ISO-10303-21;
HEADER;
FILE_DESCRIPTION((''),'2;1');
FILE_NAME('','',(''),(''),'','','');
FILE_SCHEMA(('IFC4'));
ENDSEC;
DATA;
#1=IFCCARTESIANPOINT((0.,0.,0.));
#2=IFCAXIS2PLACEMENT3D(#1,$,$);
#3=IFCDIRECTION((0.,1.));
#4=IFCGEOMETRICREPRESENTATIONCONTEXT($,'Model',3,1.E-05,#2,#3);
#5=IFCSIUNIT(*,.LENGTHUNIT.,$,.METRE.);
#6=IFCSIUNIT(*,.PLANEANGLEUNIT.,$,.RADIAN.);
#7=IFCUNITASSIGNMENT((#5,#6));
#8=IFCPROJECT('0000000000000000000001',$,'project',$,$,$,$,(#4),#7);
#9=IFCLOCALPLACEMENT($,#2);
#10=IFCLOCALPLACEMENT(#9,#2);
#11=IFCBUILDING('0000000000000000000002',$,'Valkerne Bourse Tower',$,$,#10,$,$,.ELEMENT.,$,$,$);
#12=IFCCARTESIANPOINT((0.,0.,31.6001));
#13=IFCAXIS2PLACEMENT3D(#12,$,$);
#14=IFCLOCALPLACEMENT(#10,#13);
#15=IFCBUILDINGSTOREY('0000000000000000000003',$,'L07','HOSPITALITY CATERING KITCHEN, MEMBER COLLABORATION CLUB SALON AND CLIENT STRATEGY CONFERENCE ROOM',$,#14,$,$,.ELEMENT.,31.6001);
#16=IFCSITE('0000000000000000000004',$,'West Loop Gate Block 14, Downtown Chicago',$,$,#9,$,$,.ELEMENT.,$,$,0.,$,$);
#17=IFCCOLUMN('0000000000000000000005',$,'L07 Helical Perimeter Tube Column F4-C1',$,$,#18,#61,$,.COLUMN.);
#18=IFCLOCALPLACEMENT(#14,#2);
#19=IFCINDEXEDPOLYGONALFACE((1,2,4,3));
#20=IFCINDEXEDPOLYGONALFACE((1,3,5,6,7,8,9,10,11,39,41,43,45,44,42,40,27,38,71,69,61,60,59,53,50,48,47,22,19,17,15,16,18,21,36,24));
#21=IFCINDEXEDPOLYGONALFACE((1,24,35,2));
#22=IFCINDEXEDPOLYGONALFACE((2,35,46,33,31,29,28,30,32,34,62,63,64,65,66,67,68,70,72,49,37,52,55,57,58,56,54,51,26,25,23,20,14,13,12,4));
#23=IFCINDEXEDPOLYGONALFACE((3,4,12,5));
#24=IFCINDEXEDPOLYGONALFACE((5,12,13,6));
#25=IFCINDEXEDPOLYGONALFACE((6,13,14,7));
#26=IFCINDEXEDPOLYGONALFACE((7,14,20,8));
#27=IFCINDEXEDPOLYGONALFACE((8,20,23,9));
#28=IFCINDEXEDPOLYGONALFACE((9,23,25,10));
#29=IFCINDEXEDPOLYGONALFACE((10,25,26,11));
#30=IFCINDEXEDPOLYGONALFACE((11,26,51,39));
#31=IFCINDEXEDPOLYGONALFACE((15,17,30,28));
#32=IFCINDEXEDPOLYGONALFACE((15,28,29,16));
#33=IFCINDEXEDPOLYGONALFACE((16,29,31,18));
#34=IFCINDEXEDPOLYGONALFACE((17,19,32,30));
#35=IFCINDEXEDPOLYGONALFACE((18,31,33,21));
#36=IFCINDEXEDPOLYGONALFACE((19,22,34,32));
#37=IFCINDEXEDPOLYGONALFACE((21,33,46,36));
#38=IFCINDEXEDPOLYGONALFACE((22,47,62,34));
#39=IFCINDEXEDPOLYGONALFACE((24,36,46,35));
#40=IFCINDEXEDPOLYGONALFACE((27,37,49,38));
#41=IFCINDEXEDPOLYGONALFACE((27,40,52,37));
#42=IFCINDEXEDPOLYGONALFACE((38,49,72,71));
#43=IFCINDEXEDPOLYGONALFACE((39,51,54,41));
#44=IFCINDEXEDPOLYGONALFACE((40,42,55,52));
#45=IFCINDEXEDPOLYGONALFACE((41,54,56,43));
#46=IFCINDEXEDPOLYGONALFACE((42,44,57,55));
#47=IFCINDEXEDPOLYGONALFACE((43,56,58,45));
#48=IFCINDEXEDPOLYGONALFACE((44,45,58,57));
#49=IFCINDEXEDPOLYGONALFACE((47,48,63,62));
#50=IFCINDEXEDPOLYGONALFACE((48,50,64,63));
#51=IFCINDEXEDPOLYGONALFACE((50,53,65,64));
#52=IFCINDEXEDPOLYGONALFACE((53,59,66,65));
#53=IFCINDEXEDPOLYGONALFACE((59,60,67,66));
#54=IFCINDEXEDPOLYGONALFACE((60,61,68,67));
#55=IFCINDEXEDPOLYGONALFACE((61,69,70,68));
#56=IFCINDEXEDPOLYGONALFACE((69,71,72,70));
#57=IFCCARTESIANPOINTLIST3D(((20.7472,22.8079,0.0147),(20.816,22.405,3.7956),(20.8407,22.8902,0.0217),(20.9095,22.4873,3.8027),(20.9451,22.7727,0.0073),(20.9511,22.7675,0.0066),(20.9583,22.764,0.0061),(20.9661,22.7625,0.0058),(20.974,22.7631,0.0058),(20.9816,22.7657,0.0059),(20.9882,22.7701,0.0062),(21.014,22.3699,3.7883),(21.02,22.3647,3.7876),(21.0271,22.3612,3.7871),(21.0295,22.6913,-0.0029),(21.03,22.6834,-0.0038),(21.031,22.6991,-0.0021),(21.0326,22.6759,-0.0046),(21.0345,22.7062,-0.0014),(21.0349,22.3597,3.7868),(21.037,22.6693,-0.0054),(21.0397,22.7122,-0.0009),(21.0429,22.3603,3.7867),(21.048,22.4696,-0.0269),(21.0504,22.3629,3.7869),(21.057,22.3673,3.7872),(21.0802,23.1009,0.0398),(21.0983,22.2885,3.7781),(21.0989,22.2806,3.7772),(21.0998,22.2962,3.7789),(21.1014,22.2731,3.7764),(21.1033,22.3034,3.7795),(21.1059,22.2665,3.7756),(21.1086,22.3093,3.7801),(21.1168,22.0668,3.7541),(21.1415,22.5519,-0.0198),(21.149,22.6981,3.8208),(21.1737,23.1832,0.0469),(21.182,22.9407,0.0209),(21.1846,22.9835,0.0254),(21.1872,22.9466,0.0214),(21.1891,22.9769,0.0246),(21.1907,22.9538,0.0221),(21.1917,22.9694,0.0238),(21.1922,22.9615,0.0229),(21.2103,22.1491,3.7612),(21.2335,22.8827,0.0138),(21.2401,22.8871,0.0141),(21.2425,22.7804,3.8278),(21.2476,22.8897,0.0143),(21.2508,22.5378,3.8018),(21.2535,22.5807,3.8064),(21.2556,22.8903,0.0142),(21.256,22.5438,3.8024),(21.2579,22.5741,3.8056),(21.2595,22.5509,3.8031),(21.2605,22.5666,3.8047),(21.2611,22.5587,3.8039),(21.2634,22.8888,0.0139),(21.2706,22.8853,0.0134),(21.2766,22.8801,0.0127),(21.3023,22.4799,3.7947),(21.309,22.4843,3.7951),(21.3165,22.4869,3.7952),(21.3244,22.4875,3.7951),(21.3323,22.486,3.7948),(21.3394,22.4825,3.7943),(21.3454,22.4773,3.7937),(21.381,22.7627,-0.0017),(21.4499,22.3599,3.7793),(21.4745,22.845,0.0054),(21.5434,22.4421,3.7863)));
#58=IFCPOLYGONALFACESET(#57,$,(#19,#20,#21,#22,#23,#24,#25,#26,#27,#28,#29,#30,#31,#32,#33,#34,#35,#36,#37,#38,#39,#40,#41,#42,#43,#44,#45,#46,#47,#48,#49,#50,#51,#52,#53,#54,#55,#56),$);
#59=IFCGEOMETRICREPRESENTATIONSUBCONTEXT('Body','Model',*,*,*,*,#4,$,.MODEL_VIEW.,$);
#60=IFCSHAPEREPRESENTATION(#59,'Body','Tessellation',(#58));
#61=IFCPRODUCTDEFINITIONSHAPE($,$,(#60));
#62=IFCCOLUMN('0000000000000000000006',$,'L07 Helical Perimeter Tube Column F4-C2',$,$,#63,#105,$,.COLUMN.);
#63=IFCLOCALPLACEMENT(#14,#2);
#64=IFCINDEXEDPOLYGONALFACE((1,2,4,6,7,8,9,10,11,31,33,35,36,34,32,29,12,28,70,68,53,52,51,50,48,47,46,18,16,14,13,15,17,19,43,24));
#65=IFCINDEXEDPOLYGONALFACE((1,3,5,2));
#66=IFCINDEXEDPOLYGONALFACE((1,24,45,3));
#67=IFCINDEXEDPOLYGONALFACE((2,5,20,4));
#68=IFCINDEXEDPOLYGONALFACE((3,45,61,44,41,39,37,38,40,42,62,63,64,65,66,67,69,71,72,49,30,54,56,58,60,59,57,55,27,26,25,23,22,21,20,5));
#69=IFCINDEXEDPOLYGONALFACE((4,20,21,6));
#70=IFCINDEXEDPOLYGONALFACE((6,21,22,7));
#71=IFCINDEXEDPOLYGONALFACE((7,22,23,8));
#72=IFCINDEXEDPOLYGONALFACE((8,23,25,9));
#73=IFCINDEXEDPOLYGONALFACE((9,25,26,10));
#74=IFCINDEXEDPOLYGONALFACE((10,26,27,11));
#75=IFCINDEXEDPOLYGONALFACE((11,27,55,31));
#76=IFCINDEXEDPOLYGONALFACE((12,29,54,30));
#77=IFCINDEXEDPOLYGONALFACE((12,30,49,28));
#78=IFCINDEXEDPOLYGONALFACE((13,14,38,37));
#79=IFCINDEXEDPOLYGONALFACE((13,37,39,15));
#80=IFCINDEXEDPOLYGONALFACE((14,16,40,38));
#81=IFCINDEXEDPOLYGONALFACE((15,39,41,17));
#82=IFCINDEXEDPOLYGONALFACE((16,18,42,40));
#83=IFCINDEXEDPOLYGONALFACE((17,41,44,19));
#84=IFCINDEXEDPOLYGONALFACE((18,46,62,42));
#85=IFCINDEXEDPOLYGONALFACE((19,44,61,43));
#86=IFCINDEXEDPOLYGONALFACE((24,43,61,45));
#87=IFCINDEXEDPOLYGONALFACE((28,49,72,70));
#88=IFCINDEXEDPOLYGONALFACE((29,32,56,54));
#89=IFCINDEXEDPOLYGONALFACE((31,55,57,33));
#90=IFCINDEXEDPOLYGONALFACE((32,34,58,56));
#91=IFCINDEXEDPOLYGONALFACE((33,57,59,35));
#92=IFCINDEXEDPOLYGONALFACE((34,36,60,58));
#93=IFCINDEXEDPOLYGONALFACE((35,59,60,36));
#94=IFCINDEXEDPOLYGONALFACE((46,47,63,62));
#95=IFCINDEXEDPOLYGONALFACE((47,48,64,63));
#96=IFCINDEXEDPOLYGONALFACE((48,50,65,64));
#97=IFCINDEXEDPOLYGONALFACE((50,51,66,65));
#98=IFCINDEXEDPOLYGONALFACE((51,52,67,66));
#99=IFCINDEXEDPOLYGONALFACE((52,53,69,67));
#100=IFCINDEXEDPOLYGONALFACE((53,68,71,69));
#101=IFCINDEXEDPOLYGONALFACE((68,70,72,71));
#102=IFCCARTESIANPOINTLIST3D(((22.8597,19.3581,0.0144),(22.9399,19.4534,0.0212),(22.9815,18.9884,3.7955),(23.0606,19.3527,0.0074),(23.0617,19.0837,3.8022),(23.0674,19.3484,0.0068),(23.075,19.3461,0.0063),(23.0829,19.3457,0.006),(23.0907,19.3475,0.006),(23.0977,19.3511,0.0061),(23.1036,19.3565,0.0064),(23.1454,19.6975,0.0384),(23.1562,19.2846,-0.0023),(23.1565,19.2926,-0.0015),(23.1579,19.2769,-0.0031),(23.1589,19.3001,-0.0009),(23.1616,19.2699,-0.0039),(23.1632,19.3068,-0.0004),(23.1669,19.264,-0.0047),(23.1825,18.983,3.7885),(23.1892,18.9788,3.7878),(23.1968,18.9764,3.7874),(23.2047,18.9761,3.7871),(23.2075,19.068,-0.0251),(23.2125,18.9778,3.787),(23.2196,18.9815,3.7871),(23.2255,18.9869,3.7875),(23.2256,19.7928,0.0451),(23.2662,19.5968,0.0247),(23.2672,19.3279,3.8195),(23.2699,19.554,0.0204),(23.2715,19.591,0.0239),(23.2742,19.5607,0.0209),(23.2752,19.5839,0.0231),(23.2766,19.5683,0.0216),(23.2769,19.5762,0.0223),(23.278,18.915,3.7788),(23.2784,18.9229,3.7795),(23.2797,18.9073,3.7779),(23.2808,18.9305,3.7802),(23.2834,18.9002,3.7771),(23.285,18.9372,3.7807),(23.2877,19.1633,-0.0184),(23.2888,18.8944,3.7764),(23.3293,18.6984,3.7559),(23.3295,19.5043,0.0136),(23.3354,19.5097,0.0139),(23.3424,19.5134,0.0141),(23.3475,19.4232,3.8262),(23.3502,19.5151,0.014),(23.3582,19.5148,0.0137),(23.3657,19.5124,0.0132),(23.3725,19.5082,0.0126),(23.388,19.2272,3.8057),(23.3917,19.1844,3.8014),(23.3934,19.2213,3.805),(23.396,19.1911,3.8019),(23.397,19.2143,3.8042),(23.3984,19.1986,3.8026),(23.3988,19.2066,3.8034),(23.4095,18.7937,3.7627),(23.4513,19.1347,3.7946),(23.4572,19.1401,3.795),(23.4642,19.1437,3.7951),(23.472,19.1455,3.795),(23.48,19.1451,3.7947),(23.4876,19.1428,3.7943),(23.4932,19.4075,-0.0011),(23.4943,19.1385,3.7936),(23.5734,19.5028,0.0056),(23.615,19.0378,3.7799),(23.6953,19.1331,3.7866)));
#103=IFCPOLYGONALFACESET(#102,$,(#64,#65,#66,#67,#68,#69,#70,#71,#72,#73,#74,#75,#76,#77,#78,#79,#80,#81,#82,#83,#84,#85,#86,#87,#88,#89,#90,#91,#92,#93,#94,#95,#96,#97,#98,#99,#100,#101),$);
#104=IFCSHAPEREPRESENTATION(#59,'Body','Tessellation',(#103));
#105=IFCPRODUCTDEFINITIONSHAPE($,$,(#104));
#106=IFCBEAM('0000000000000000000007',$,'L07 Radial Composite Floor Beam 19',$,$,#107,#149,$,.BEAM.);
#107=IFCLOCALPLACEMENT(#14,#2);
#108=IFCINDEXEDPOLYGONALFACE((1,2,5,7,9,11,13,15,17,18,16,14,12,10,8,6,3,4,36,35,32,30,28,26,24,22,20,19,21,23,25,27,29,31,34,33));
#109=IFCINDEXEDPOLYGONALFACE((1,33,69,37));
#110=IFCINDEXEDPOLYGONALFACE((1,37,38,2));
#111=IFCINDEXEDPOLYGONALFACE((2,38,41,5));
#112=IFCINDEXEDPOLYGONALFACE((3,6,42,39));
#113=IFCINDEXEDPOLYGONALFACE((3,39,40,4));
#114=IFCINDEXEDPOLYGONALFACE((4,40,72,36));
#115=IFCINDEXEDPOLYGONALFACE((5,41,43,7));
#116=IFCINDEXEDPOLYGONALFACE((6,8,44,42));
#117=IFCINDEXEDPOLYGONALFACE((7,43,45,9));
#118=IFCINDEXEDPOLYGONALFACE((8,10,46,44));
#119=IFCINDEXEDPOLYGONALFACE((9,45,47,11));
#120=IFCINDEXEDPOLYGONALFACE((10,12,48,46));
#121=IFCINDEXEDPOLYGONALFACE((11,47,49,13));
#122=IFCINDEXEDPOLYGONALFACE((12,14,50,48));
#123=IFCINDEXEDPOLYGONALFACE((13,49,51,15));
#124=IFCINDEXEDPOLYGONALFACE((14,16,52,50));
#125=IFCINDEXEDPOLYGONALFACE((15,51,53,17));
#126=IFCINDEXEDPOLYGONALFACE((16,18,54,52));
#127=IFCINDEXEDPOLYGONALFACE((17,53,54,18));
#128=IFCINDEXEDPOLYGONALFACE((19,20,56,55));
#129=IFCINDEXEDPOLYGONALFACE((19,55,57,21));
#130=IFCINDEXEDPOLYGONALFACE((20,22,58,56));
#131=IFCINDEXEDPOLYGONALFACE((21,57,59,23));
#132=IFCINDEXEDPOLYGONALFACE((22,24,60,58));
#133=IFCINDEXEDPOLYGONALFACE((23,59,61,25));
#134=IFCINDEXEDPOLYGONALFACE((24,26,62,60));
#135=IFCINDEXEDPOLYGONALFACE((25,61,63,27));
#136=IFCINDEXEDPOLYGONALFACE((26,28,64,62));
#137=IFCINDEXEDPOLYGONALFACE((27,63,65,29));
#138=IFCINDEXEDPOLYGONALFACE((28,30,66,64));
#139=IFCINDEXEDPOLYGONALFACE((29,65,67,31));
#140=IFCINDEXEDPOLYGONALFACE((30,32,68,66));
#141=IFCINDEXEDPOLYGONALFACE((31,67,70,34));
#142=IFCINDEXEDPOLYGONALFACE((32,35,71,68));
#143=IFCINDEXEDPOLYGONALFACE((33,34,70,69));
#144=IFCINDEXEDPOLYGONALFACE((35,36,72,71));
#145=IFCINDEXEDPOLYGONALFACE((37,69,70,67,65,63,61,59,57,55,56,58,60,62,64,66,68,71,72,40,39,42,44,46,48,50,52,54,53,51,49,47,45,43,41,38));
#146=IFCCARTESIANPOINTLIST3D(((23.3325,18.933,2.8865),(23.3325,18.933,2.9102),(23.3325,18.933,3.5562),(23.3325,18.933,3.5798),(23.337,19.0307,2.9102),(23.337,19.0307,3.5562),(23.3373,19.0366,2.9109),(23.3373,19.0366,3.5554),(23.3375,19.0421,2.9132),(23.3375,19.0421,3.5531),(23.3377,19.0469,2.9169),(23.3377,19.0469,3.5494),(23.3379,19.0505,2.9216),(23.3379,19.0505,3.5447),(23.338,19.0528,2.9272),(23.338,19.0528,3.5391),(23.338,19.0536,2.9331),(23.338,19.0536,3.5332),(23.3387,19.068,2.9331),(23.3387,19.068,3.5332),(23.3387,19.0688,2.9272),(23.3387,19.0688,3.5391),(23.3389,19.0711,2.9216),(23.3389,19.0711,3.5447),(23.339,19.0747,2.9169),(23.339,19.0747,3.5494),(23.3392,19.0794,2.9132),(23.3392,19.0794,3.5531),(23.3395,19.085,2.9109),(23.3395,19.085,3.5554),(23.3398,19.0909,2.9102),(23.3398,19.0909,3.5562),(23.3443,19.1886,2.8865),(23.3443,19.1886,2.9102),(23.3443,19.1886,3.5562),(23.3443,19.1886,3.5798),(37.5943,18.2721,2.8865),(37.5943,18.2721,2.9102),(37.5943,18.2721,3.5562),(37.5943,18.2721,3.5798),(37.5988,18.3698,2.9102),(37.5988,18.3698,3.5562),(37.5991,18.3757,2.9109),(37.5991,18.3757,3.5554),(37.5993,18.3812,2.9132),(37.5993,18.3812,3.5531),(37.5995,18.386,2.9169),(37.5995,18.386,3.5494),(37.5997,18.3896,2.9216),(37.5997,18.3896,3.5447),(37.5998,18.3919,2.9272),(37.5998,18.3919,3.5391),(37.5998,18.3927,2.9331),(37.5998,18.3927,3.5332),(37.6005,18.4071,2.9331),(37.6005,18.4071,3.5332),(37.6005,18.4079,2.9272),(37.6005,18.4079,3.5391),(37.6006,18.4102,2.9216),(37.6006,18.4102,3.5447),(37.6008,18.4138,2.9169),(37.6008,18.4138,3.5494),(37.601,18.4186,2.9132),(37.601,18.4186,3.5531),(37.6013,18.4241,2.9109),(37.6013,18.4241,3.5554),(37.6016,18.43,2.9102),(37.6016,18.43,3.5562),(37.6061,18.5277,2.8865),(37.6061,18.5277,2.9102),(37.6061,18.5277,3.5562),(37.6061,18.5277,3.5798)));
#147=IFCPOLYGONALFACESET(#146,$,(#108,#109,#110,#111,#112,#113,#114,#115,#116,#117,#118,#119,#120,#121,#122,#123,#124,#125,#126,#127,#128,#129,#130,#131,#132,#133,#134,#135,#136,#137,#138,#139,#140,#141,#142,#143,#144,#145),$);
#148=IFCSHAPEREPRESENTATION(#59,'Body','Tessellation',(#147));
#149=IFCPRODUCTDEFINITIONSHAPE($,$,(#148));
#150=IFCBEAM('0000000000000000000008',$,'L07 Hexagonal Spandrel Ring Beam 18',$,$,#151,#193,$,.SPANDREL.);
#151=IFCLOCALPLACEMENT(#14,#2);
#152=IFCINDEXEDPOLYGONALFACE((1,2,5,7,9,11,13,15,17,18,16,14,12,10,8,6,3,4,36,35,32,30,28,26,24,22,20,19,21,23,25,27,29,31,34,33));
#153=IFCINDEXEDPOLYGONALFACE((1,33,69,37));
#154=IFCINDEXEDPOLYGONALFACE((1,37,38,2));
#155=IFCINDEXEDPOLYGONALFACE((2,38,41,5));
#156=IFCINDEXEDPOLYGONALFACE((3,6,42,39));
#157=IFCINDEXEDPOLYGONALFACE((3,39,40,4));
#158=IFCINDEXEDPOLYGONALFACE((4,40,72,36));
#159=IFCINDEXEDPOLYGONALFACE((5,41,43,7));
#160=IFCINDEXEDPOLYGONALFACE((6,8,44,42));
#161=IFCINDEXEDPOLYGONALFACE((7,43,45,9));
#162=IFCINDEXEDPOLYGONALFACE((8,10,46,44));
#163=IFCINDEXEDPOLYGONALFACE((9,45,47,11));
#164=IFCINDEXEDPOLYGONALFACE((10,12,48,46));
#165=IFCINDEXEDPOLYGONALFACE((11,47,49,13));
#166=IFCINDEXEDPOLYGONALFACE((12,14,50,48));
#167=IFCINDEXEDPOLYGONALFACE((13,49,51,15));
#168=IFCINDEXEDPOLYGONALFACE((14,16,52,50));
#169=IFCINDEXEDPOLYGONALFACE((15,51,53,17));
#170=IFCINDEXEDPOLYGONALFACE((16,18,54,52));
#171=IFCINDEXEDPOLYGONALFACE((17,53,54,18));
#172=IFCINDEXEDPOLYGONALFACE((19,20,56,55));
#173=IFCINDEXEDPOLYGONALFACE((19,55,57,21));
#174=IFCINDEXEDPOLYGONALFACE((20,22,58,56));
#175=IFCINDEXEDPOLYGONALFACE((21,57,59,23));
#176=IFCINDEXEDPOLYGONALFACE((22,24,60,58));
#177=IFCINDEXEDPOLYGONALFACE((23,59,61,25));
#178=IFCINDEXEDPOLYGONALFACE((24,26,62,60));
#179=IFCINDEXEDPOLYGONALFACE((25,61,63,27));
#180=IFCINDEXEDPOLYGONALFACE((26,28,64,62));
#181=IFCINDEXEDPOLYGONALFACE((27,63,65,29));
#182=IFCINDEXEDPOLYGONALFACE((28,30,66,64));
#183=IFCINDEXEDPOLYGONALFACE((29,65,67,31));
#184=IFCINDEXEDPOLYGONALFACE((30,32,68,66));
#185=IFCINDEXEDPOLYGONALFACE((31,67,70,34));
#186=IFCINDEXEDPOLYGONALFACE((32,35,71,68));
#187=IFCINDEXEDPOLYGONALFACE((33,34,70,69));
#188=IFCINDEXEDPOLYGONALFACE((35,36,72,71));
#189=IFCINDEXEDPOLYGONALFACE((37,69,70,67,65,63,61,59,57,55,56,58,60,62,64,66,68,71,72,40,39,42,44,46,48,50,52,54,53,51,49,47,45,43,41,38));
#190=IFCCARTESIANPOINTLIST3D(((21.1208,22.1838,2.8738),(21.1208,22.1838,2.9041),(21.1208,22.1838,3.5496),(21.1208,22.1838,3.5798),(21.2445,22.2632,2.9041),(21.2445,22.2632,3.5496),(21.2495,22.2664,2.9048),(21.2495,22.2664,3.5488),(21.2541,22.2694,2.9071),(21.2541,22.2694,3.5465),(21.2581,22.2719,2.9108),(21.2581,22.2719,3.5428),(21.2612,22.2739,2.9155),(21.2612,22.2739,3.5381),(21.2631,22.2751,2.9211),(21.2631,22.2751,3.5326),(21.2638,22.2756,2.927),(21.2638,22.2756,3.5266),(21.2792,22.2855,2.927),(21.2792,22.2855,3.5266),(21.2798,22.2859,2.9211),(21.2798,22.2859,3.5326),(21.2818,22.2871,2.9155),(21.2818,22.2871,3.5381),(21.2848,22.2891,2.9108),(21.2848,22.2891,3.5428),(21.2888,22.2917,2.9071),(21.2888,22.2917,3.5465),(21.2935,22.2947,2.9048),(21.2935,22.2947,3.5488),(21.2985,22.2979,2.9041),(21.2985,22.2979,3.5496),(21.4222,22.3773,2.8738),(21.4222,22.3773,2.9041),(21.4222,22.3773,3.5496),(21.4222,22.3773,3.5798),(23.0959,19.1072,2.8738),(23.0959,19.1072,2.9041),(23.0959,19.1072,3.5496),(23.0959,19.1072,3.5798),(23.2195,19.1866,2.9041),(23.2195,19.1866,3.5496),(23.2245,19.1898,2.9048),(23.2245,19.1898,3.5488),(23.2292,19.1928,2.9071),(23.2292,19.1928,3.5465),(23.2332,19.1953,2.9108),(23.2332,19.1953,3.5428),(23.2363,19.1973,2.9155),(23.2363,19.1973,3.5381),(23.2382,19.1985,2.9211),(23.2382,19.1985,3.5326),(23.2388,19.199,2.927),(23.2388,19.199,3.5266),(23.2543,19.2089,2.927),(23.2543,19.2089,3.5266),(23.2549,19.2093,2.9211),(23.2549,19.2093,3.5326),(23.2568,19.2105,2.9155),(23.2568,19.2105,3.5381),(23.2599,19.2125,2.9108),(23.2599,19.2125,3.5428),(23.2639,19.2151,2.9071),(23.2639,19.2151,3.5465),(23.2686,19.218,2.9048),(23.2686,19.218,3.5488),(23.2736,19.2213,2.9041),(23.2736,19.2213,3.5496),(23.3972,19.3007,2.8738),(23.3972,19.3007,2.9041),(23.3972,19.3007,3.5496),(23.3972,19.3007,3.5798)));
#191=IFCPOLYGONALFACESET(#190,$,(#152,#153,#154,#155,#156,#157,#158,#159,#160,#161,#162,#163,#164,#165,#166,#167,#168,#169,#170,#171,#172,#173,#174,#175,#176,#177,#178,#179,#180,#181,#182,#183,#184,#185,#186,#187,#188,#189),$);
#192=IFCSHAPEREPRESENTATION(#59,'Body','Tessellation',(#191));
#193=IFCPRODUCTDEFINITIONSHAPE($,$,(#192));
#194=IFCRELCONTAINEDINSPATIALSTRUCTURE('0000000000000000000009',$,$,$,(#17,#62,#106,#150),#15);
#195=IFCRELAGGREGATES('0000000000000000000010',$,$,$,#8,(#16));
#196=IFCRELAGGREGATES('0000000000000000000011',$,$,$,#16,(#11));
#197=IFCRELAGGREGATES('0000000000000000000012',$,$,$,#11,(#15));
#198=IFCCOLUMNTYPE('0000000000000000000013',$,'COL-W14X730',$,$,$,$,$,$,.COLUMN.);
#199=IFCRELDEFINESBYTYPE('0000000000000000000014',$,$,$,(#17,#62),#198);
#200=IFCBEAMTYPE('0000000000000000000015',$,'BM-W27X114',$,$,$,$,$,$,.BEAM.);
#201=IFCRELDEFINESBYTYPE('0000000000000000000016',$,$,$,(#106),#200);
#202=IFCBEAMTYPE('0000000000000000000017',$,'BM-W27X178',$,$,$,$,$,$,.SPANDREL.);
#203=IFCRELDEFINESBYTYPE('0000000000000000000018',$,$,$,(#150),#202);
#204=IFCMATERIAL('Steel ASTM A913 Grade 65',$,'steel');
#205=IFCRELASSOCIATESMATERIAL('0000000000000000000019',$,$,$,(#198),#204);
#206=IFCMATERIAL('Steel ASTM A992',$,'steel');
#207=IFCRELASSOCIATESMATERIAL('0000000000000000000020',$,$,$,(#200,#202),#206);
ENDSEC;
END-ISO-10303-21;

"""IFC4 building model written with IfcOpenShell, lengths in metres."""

from ifc_helpers import new_model, si_unit, direction, frame, origin, origin_2d, place, context, subcontext, project, spatial, i_section, extrude, material, material_profile, profile_set, type_object, element, save


model = new_model("IFC4")

# Units and contexts
model_context = context("Model", 3, precision=1e-05, world=origin(), true_north=direction((0.0, 1.0)))
body_context = subcontext(model_context, "Body", "Model", "MODEL_VIEW")
ifc_project = project(units=[si_unit("LENGTHUNIT", "METRE"), si_unit("PLANEANGLEUNIT", "RADIAN")], contexts=[model_context])

# Site, building, storey
site_placement = place(None, origin())
site = spatial("IfcSite", under=ifc_project, at=site_placement, Name="West Loop Gate Block 14, Downtown Chicago", CompositionType="ELEMENT", RefElevation=0.0)
building_placement = place(site_placement, origin())
building = spatial("IfcBuilding", under=site, at=building_placement, Name="Valkerne Bourse Tower", CompositionType="ELEMENT")
storey_placement = place(building_placement, frame((0.0, 0.0, 31.6001)))
storey = spatial("IfcBuildingStorey", under=building, at=storey_placement, Name="L07", Description="HOSPITALITY CATERING KITCHEN, MEMBER COLLABORATION CLUB SALON AND CLIENT STRATEGY CONFERENCE ROOM", CompositionType="ELEMENT", Elevation=31.6001)

# Columns
ifc_material_1 = material(Name="Steel ASTM A913 Grade 65", Category="steel")
ifc_material_profile_1 = material_profile(ifc_material_1, i_section(OverallWidth=0.4546, OverallDepth=0.5691, WebThickness=0.0779, FlangeThickness=0.1248, FilletRadius=0.0305, at=origin_2d()), Name="W14X730")
ifc_profile_set_1 = profile_set([ifc_material_profile_1], Name="Steel ASTM A913 Grade 65")
column_type = type_object("IfcColumnType", Name="COL-W14X730", PredefinedType="COLUMN", material=ifc_profile_set_1)
column_1_placement = place(storey_placement, frame((21.1108, 22.8264, 0.01), z_axis=(0.018103, -0.105924, 0.994209), x_axis=(0.661773, -0.74412, -0.091329)))
element("IfcColumn", 1, at=column_1_placement, inside=storey, type_object=column_type, Name="L07 Helical Perimeter Tube Column F4-C1", PredefinedType="COLUMN", context=body_context, shape_type="SweptSolid", body=[
    extrude(i_section(OverallWidth=0.4546, OverallDepth=0.5691, WebThickness=0.0779, FlangeThickness=0.1248, FilletRadius=0.0305, at=origin_2d()), origin(), (0.0, 0.0, 1.0), 3.803),
])
column_2_placement = place(storey_placement, frame((23.2166, 19.4304, 0.01), z_axis=(0.032051, -0.097246, 0.994744), x_axis=(0.765114, -0.637987, -0.087022)))
element("IfcColumn", 2, at=column_2_placement, inside=storey, type_object=column_type, Name="L07 Helical Perimeter Tube Column F4-C2", PredefinedType="COLUMN", context=body_context, shape_type="SweptSolid", body=[
    extrude(i_section(OverallWidth=0.4546, OverallDepth=0.5691, WebThickness=0.0779, FlangeThickness=0.1248, FilletRadius=0.0305, at=origin_2d()), origin(), (0.0, 0.0, 1.0), 3.801),
])

# Beams
ifc_material_2 = material(Name="Steel ASTM A992", Category="steel")
ifc_material_profile_2 = material_profile(ifc_material_2, i_section(OverallWidth=0.2559, OverallDepth=0.6934, WebThickness=0.0144, FlangeThickness=0.0237, FilletRadius=0.0229, at=origin_2d()), Name="W27X114")
ifc_profile_set_2 = profile_set([ifc_material_profile_2], Name="Steel ASTM A992")
beam_type_1 = type_object("IfcBeamType", Name="BM-W27X114", PredefinedType="BEAM", material=ifc_profile_set_2)
beam_placement = place(storey_placement, frame((23.3384, 19.0608, 3.2332), z_axis=(0.998928, -0.04629, 0.0), x_axis=(0.04629, 0.998928, 0.0)))
element("IfcBeam", 3, at=beam_placement, inside=storey, type_object=beam_type_1, Name="L07 Radial Composite Floor Beam 19", PredefinedType="BEAM", context=body_context, shape_type="SweptSolid", body=[
    extrude(i_section(OverallWidth=0.2559, OverallDepth=0.6934, WebThickness=0.0144, FlangeThickness=0.0237, FilletRadius=0.0229, at=origin_2d()), origin(), (0.0, 0.0, 1.0), 14.2771),
])
ifc_material_profile_3 = material_profile(ifc_material_2, i_section(OverallWidth=0.3582, OverallDepth=0.7061, WebThickness=0.0183, FlangeThickness=0.0303, FilletRadius=0.0229, at=origin_2d()), Name="W27X178")
ifc_profile_set_3 = profile_set([ifc_material_profile_3], Name="Steel ASTM A992")
beam_type_2 = type_object("IfcBeamType", Name="BM-W27X178", PredefinedType="SPANDREL", material=ifc_profile_set_3)
for number, where, z_axis, x_axis, name in (
    (4, (21.2715, 22.2805, 3.2268), (0.540224, -0.841521, 0.0), (0.841521, 0.540224, 0.0), "L07 Hexagonal Spandrel Ring Beam 18"),
):
    element("IfcBeam", number, at=place(storey_placement, frame(where, z_axis=z_axis, x_axis=x_axis)), inside=storey, type_object=beam_type_2, Name=name, PredefinedType="SPANDREL", context=body_context, shape_type="SweptSolid", body=[
        extrude(i_section(OverallWidth=0.3582, OverallDepth=0.7061, WebThickness=0.0183, FlangeThickness=0.0303, FilletRadius=0.0229, at=origin_2d()), origin(), (0.0, 0.0, 1.0), 3.656),
    ])

save(model, "model.ifc")
